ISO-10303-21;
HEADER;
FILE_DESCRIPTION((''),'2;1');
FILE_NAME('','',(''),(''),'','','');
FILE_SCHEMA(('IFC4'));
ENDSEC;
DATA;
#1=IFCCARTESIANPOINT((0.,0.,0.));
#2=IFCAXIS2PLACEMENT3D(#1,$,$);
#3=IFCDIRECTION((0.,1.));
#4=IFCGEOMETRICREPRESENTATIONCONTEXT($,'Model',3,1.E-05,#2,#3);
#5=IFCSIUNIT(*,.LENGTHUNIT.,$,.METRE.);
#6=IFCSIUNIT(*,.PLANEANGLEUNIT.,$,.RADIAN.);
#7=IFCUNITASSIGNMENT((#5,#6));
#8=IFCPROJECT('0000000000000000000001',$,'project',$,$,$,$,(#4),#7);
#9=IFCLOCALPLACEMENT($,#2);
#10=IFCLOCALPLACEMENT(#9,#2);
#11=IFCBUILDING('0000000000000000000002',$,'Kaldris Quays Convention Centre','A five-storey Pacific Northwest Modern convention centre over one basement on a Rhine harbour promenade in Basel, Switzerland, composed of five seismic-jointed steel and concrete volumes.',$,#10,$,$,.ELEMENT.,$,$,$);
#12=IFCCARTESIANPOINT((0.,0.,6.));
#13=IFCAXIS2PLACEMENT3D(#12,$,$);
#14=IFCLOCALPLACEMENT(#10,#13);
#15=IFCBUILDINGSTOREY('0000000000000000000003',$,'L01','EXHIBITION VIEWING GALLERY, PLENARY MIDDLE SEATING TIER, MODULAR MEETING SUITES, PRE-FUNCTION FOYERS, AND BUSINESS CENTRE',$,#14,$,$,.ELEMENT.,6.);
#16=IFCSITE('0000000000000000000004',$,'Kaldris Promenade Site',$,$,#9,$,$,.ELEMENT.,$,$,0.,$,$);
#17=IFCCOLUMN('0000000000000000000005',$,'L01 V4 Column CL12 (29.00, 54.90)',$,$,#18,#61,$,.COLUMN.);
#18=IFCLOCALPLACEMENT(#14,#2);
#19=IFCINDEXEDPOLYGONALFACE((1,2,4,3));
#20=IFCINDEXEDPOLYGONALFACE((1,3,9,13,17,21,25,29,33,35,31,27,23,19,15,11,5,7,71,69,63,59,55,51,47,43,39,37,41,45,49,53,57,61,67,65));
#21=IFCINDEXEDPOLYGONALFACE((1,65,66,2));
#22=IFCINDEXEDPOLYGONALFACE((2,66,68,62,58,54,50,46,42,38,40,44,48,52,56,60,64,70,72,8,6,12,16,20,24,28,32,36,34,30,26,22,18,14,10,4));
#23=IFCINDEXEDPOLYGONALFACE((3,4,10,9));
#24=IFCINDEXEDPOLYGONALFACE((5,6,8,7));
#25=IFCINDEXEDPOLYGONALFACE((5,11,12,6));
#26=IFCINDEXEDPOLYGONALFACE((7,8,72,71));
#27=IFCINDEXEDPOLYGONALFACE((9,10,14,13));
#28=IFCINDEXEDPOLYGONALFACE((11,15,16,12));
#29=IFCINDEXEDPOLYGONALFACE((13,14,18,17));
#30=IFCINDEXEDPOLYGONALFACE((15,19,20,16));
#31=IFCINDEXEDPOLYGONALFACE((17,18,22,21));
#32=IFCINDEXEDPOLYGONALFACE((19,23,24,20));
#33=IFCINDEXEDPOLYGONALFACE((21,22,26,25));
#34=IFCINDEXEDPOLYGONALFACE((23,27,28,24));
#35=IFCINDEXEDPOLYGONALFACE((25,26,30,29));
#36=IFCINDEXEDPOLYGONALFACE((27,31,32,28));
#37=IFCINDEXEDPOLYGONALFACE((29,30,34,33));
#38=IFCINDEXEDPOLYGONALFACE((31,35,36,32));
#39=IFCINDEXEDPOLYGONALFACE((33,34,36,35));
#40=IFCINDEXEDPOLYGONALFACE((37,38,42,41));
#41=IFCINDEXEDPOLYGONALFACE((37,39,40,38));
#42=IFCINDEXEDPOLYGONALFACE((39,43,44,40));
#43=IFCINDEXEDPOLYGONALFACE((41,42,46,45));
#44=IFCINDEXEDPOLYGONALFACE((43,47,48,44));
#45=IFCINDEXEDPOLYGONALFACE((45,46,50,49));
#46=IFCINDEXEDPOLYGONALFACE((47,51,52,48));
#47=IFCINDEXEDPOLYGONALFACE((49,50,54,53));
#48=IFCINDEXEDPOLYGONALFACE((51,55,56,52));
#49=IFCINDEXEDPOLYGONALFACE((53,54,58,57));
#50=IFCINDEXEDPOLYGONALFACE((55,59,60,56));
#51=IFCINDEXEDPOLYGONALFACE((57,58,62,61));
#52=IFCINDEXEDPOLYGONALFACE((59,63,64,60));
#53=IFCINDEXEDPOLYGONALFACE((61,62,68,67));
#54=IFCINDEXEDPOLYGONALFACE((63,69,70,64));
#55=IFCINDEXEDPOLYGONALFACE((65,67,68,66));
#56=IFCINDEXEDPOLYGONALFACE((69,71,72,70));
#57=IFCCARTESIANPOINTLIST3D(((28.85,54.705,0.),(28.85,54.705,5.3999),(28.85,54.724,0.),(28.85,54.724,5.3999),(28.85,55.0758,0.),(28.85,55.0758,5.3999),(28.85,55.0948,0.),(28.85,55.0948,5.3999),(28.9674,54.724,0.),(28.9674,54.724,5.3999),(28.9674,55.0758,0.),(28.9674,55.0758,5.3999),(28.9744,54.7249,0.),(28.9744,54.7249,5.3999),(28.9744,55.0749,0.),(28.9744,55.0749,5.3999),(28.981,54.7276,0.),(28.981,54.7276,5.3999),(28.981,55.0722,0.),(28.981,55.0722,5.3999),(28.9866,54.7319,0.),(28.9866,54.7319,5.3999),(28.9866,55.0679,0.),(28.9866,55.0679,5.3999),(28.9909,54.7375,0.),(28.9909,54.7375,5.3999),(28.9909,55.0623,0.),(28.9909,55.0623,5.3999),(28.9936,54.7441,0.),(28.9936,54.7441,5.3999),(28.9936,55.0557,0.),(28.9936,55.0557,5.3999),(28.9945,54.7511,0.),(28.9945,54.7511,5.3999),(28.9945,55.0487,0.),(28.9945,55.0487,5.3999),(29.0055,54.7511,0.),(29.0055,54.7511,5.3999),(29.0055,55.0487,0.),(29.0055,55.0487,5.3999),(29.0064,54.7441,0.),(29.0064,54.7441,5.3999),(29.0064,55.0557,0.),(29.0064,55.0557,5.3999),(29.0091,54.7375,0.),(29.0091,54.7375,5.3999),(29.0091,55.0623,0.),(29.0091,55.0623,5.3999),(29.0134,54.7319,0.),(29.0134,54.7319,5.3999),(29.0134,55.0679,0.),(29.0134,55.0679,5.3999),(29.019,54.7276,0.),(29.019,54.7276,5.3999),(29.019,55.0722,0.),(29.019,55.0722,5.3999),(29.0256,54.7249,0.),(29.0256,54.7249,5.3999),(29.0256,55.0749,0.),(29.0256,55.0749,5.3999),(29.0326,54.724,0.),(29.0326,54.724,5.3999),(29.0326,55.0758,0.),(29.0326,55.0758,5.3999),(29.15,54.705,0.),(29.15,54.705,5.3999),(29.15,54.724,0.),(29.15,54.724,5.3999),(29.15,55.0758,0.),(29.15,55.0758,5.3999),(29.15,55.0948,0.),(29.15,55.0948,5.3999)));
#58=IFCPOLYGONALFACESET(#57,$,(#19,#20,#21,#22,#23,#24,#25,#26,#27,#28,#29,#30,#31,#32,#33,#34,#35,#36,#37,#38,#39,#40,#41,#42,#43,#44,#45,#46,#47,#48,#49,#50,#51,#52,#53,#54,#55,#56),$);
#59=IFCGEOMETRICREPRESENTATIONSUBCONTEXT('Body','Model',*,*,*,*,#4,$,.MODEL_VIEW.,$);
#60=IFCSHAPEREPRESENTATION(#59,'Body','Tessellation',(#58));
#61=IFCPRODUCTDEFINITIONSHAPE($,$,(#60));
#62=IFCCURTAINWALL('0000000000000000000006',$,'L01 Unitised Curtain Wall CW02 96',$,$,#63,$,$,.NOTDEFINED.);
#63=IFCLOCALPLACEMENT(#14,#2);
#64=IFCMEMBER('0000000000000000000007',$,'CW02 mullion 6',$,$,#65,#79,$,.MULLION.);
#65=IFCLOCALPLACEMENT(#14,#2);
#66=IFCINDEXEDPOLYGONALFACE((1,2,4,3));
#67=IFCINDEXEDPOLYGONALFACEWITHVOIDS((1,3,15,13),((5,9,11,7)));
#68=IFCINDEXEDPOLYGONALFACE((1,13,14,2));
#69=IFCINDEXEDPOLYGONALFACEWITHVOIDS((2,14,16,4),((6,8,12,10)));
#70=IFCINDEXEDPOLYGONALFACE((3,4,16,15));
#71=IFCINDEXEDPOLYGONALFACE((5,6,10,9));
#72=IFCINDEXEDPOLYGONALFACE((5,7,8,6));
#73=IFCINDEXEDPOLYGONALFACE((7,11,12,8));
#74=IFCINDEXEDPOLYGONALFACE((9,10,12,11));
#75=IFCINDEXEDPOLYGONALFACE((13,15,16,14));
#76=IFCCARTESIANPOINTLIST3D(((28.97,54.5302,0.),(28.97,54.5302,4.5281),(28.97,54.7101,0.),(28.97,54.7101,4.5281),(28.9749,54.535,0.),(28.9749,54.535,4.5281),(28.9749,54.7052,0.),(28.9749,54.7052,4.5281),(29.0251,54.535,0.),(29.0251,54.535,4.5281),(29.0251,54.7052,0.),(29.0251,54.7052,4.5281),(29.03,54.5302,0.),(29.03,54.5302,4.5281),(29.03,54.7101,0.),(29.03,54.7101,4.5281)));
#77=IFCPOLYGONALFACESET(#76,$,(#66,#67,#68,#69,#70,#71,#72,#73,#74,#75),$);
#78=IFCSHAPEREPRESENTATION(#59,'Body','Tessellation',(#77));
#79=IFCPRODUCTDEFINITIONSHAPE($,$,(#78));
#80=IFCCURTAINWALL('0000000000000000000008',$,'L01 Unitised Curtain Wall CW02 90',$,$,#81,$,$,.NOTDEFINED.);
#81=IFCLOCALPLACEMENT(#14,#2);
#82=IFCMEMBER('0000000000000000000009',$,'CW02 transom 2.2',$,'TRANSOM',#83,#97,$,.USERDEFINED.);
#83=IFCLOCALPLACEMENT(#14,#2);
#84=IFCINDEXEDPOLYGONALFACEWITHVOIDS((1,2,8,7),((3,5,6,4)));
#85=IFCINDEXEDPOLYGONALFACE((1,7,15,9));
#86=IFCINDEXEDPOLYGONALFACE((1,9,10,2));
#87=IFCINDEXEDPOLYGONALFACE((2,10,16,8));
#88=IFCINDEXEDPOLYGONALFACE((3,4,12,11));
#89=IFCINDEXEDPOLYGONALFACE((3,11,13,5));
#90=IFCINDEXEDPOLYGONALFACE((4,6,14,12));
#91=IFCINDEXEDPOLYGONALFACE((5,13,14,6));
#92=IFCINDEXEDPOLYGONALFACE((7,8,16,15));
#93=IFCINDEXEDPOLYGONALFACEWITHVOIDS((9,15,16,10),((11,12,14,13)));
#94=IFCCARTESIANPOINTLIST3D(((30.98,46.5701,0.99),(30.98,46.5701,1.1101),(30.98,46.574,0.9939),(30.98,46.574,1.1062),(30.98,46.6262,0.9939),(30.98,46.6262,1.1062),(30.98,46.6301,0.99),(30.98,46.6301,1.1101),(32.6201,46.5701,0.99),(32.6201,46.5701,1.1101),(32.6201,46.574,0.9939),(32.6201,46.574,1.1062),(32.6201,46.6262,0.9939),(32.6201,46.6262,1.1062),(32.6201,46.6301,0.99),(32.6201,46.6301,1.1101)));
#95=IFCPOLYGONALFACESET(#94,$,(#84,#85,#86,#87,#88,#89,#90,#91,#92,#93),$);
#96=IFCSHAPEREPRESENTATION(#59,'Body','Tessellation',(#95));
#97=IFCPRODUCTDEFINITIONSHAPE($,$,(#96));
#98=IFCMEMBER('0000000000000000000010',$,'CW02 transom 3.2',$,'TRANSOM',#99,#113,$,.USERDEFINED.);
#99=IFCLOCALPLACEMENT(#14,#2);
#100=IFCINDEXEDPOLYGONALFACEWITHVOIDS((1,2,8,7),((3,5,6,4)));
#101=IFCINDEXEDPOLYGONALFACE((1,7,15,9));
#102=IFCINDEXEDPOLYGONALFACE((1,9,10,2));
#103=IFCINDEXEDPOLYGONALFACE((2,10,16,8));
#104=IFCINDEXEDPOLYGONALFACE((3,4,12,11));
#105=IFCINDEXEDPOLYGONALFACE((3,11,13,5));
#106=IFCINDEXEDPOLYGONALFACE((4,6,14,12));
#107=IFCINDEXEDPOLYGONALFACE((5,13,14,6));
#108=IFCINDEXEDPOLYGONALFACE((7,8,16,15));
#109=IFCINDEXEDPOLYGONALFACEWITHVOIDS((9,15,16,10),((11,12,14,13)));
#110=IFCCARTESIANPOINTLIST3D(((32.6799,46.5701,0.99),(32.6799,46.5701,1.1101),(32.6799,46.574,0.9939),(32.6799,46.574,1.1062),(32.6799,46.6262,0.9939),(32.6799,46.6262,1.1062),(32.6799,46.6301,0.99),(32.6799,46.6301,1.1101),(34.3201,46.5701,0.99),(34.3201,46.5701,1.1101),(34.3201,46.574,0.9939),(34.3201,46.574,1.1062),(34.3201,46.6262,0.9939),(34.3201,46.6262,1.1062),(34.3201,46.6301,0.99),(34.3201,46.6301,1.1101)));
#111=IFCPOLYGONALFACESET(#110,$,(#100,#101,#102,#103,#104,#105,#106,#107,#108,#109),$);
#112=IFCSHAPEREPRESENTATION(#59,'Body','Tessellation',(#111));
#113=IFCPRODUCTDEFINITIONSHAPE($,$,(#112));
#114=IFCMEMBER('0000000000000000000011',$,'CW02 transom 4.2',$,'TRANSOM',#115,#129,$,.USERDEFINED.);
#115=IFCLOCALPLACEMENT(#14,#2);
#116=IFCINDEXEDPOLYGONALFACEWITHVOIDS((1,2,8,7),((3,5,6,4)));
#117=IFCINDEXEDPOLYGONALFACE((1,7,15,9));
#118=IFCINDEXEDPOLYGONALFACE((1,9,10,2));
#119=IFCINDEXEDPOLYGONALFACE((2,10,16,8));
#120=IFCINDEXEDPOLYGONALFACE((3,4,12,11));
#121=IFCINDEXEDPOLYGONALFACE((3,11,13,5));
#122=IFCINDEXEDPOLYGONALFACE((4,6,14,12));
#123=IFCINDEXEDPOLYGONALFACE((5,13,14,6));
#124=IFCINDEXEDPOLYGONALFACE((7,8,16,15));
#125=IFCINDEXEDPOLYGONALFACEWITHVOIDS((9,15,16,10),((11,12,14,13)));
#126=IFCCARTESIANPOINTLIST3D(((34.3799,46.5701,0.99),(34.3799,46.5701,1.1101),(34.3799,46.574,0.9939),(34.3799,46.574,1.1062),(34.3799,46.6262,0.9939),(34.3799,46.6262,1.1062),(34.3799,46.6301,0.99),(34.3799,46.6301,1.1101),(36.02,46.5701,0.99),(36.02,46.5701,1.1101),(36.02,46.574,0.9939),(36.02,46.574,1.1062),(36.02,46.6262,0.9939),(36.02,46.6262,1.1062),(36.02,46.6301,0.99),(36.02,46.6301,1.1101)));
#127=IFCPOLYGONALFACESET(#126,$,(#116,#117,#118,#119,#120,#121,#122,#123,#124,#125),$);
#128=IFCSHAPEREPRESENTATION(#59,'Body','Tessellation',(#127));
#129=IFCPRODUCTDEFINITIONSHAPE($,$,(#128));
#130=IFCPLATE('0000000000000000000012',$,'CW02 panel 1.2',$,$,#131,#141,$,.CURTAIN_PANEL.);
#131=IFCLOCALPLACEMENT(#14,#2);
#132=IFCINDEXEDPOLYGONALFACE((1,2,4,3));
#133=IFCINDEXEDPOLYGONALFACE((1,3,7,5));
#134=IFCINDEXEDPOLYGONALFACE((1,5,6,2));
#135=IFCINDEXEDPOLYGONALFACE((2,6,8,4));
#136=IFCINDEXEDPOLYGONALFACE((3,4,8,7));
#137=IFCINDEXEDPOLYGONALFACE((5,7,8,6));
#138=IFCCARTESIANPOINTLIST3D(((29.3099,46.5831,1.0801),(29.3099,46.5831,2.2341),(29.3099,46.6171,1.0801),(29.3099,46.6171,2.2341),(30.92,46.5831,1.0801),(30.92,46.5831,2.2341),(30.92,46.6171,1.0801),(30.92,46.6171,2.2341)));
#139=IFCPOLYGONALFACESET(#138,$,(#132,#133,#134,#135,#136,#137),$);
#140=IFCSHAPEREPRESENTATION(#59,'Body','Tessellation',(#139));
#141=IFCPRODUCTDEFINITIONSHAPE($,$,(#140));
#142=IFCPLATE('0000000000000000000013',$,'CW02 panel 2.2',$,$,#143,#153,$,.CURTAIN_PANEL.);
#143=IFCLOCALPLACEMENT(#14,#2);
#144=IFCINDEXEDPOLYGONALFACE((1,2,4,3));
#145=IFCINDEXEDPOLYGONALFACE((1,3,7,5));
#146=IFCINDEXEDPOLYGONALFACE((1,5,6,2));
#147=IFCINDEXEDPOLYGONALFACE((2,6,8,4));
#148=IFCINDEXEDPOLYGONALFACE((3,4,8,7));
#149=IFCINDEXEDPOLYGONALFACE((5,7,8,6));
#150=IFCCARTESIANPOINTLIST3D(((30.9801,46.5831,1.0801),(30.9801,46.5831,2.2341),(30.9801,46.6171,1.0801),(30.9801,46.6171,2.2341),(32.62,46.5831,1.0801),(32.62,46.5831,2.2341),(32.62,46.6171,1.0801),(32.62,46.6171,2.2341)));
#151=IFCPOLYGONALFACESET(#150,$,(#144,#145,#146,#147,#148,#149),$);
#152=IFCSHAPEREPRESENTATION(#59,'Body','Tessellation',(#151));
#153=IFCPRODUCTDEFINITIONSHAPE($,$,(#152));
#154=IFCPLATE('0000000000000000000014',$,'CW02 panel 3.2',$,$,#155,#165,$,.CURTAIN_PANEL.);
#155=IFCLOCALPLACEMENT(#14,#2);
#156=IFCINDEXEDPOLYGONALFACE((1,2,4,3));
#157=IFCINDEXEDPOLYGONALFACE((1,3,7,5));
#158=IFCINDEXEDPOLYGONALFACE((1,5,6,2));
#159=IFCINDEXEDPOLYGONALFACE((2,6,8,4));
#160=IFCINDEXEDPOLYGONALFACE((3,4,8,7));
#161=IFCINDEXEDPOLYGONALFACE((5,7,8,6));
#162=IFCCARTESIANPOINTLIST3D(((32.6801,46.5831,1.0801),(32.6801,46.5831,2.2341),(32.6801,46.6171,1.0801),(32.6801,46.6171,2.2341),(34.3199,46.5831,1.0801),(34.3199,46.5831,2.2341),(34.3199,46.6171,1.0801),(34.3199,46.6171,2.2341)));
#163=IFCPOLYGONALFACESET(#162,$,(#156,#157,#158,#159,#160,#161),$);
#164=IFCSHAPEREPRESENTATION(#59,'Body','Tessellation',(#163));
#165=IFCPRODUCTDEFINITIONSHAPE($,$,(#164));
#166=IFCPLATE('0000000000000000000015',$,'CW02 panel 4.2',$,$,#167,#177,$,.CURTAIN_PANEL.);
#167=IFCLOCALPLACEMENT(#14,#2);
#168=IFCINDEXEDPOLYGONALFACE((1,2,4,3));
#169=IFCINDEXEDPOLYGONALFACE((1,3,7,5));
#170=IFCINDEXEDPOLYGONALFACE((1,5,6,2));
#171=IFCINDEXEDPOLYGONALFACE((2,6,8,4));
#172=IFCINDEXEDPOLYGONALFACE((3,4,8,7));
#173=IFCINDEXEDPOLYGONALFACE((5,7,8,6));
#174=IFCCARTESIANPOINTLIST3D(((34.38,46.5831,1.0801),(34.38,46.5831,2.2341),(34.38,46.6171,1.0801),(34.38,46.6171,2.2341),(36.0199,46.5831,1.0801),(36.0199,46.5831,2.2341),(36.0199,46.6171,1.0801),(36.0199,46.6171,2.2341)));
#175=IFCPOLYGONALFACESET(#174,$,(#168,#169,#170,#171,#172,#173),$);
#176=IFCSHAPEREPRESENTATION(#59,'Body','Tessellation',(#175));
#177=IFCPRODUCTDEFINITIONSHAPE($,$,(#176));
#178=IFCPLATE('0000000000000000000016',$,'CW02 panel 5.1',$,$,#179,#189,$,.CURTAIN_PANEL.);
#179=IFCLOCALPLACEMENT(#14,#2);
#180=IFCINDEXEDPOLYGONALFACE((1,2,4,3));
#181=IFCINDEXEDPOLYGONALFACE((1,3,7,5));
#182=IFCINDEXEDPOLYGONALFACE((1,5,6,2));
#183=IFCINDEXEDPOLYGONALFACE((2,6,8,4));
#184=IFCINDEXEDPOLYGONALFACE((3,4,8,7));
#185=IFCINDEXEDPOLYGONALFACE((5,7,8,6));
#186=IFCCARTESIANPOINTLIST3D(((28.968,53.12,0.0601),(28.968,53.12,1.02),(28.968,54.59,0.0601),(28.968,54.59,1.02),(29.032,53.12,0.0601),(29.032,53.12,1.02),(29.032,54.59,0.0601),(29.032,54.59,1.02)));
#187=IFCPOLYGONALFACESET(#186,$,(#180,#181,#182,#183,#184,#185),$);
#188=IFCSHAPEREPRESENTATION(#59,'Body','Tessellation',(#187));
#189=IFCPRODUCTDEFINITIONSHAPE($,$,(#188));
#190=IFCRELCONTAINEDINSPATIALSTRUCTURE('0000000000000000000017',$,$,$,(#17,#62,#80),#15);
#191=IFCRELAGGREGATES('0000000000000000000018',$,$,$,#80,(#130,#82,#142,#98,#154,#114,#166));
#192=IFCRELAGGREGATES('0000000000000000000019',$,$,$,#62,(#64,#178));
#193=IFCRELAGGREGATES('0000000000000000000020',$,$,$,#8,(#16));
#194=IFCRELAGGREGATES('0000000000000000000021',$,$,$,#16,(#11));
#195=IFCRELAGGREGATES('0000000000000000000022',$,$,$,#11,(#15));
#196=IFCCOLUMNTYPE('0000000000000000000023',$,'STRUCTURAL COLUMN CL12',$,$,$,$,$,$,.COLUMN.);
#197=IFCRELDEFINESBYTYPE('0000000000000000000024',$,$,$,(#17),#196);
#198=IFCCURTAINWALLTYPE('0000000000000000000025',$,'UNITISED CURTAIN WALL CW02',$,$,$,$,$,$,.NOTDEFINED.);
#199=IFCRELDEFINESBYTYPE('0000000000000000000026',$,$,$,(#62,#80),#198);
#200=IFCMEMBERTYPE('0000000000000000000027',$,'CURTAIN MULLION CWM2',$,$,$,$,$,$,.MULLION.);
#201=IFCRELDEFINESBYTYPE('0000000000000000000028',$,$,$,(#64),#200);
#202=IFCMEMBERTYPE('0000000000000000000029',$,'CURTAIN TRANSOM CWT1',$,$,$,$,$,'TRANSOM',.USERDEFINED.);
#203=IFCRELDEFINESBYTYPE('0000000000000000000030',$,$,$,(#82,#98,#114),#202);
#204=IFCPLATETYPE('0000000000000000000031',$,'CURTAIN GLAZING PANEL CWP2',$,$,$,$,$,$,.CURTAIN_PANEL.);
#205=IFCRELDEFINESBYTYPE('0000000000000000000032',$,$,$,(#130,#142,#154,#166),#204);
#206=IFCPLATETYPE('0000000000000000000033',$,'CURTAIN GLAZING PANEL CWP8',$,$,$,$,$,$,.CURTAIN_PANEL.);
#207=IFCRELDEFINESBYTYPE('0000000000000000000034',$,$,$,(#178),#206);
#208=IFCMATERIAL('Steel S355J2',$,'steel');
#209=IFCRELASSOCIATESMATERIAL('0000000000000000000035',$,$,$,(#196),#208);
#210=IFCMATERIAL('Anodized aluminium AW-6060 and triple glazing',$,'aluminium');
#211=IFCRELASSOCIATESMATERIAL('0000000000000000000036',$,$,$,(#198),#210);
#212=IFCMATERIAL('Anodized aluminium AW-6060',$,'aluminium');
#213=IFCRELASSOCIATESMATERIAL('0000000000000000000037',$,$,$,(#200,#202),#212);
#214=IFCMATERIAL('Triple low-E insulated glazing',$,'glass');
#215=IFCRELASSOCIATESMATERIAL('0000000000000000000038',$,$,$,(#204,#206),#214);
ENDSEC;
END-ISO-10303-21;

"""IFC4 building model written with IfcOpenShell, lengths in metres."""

from ifc_helpers import new_model, si_unit, direction, frame, origin, origin_2d, place, context, subcontext, project, spatial, rectangle, hollow_rectangle, i_section, extrude, material, material_profile, profile_set, type_object, element, aggregate, save


model = new_model("IFC4")

# Units and contexts
model_context = context("Model", 3, precision=1e-05, world=origin(), true_north=direction((0.0, 1.0)))
body_context = subcontext(model_context, "Body", "Model", "MODEL_VIEW")
ifc_project = project(units=[si_unit("LENGTHUNIT", "METRE"), si_unit("PLANEANGLEUNIT", "RADIAN")], contexts=[model_context])

# Site, building, storey
site_placement = place(None, origin())
site = spatial("IfcSite", under=ifc_project, at=site_placement, Name="Kaldris Promenade Site", CompositionType="ELEMENT", RefElevation=0.0)
building_placement = place(site_placement, origin())
building = spatial("IfcBuilding", under=site, at=building_placement, Name="Kaldris Quays Convention Centre", Description="A five-storey Pacific Northwest Modern convention centre over one basement on a Rhine harbour promenade in Basel, Switzerland, composed of five seismic-jointed steel and concrete volumes.", CompositionType="ELEMENT")
storey_placement = place(building_placement, frame((0.0, 0.0, 6.0)))
storey = spatial("IfcBuildingStorey", under=building, at=storey_placement, Name="L01", Description="EXHIBITION VIEWING GALLERY, PLENARY MIDDLE SEATING TIER, MODULAR MEETING SUITES, PRE-FUNCTION FOYERS, AND BUSINESS CENTRE", CompositionType="ELEMENT", Elevation=6.0)

# Column
ifc_material_1 = material(Name="Steel S355J2", Category="steel")
ifc_material_profile_1 = material_profile(ifc_material_1, i_section(OverallWidth=0.3, OverallDepth=0.3899, WebThickness=0.011, FlangeThickness=0.019, FilletRadius=0.0271, at=origin_2d()), Name="HEA 400")
ifc_profile_set_1 = profile_set([ifc_material_profile_1], Name="Steel S355J2")
column_type = type_object("IfcColumnType", Name="STRUCTURAL COLUMN CL12", PredefinedType="COLUMN", material=ifc_profile_set_1)
column_placement = place(storey_placement, frame((29.0, 54.8999, 0.0), z_axis=(0.0, 0.0, 1.0), x_axis=(1.0, 0.0, 0.0)))
element("IfcColumn", 1, at=column_placement, inside=storey, type_object=column_type, Name="L01 V4 Column CL12 (29.00, 54.90)", PredefinedType="COLUMN", context=body_context, shape_type="SweptSolid", body=[
    extrude(i_section(OverallWidth=0.3, OverallDepth=0.3899, WebThickness=0.011, FlangeThickness=0.019, FilletRadius=0.0271, at=origin_2d()), origin(), (0.0, 0.0, 1.0), 5.3999),
])

# Curtain wall, member
ifc_material_2 = material(Name="Anodized aluminium AW-6060 and triple glazing", Category="aluminium")
curtain_wall_type = type_object("IfcCurtainWallType", Name="UNITISED CURTAIN WALL CW02", PredefinedType="NOTDEFINED", material=ifc_material_2)
curtain_wall_1_placement = place(storey_placement, origin())
curtain_wall_1 = element("IfcCurtainWall", 2, at=curtain_wall_1_placement, inside=storey, type_object=curtain_wall_type, Name="L01 Unitised Curtain Wall CW02 96", PredefinedType="NOTDEFINED")
ifc_material_3 = material(Name="Anodized aluminium AW-6060", Category="aluminium")
ifc_material_profile_2 = material_profile(ifc_material_3, hollow_rectangle(XDim=0.0601, YDim=0.1799, WallThickness=0.0049, at=origin_2d()), Name="RHS 180x60x5")
ifc_profile_set_2 = profile_set([ifc_material_profile_2], Name="Anodized aluminium AW-6060")
member_type_1 = type_object("IfcMemberType", Name="CURTAIN MULLION CWM2", PredefinedType="MULLION", material=ifc_profile_set_2)
member_1_placement = place(storey_placement, frame((29.0, 54.6201, 0.0), z_axis=(0.0, 0.0, 1.0), x_axis=(-1.0, 0.0, 0.0)))
member_1 = element("IfcMember", 3, at=member_1_placement, type_object=member_type_1, Name="CW02 mullion 6", PredefinedType="MULLION", context=body_context, shape_type="SweptSolid", body=[
    extrude(hollow_rectangle(XDim=0.0601, YDim=0.1799, WallThickness=0.0049, at=origin_2d()), origin(), (0.0, 0.0, 1.0), 4.5281),
])

# Curtain wall, members, plates
curtain_wall_2_placement = place(storey_placement, origin())
curtain_wall_2 = element("IfcCurtainWall", 4, at=curtain_wall_2_placement, inside=storey, type_object=curtain_wall_type, Name="L01 Unitised Curtain Wall CW02 90", PredefinedType="NOTDEFINED")
ifc_material_profile_3 = material_profile(ifc_material_3, hollow_rectangle(XDim=0.0601, YDim=0.1201, WallThickness=0.0039, at=origin_2d()), Name="RHS 120x60x4")
ifc_profile_set_3 = profile_set([ifc_material_profile_3], Name="Anodized aluminium AW-6060")
member_type_2 = type_object("IfcMemberType", Name="CURTAIN TRANSOM CWT1", ElementType="TRANSOM", PredefinedType="USERDEFINED", material=ifc_profile_set_3)
member_2_placement = place(storey_placement, frame((30.98, 46.6001, 1.05), z_axis=(1.0, 0.0, 0.0), x_axis=(0.0, 1.0, 0.0)))
member_2 = element("IfcMember", 5, at=member_2_placement, type_object=member_type_2, Name="CW02 transom 2.2", ObjectType="TRANSOM", PredefinedType="USERDEFINED", context=body_context, shape_type="SweptSolid", body=[
    extrude(hollow_rectangle(XDim=0.0601, YDim=0.1201, WallThickness=0.0039, at=origin_2d()), origin(), (0.0, 0.0, 1.0), 1.6401),
])
member_3_placement = place(storey_placement, frame((32.6799, 46.6001, 1.05), z_axis=(1.0, 0.0, 0.0), x_axis=(0.0, 1.0, 0.0)))
member_3 = element("IfcMember", 6, at=member_3_placement, type_object=member_type_2, Name="CW02 transom 3.2", ObjectType="TRANSOM", PredefinedType="USERDEFINED", context=body_context, shape_type="SweptSolid", body=[
    extrude(hollow_rectangle(XDim=0.0601, YDim=0.1201, WallThickness=0.0039, at=origin_2d()), origin(), (0.0, 0.0, 1.0), 1.6401),
])
member_4_placement = place(storey_placement, frame((34.3799, 46.6001, 1.05), z_axis=(1.0, 0.0, 0.0), x_axis=(0.0, 1.0, 0.0)))
member_4 = element("IfcMember", 7, at=member_4_placement, type_object=member_type_2, Name="CW02 transom 4.2", ObjectType="TRANSOM", PredefinedType="USERDEFINED", context=body_context, shape_type="SweptSolid", body=[
    extrude(hollow_rectangle(XDim=0.0601, YDim=0.1201, WallThickness=0.0039, at=origin_2d()), origin(), (0.0, 0.0, 1.0), 1.6401),
])
ifc_material_4 = material(Name="Triple low-E insulated glazing", Category="glass")
plate_type_1 = type_object("IfcPlateType", Name="CURTAIN GLAZING PANEL CWP2", PredefinedType="CURTAIN_PANEL", material=ifc_material_4)
plate_1_placement = place(storey_placement, frame((30.115, 46.6001, 1.0801), z_axis=(0.0, 0.0, 1.0), x_axis=(1.0, 0.0, 0.0)))
plate_1 = element("IfcPlate", 8, at=plate_1_placement, type_object=plate_type_1, Name="CW02 panel 1.2", PredefinedType="CURTAIN_PANEL", context=body_context, shape_type="SweptSolid", body=[
    extrude(rectangle(XDim=1.6101, YDim=0.0339, at=origin_2d()), origin(), (0.0, 0.0, 1.0), 1.1541),
])
plate_2_placement = place(storey_placement, frame((31.8, 46.6001, 1.0801), z_axis=(0.0, 0.0, 1.0), x_axis=(1.0, 0.0, 0.0)))
plate_2 = element("IfcPlate", 9, at=plate_2_placement, type_object=plate_type_1, Name="CW02 panel 2.2", PredefinedType="CURTAIN_PANEL", context=body_context, shape_type="SweptSolid", body=[
    extrude(rectangle(XDim=1.6399, YDim=0.0339, at=origin_2d()), origin(), (0.0, 0.0, 1.0), 1.1541),
])
plate_3_placement = place(storey_placement, frame((33.5, 46.6001, 1.0801), z_axis=(0.0, 0.0, 1.0), x_axis=(1.0, 0.0, 0.0)))
plate_3 = element("IfcPlate", 10, at=plate_3_placement, type_object=plate_type_1, Name="CW02 panel 3.2", PredefinedType="CURTAIN_PANEL", context=body_context, shape_type="SweptSolid", body=[
    extrude(rectangle(XDim=1.6399, YDim=0.0339, at=origin_2d()), origin(), (0.0, 0.0, 1.0), 1.1541),
])
plate_4_placement = place(storey_placement, frame((35.2, 46.6001, 1.0801), z_axis=(0.0, 0.0, 1.0), x_axis=(1.0, 0.0, 0.0)))
plate_4 = element("IfcPlate", 11, at=plate_4_placement, type_object=plate_type_1, Name="CW02 panel 4.2", PredefinedType="CURTAIN_PANEL", context=body_context, shape_type="SweptSolid", body=[
    extrude(rectangle(XDim=1.6399, YDim=0.0339, at=origin_2d()), origin(), (0.0, 0.0, 1.0), 1.1541),
])
aggregate(curtain_wall_2, [plate_1, member_2, plate_2, member_3, plate_3, member_4, plate_4])

# Plate
plate_type_2 = type_object("IfcPlateType", Name="CURTAIN GLAZING PANEL CWP8", PredefinedType="CURTAIN_PANEL", material=ifc_material_4)
plate_5_placement = place(storey_placement, frame((29.0, 53.855, 0.0601), z_axis=(0.0, 0.0, 1.0), x_axis=(0.0, 1.0, 0.0)))
plate_5 = element("IfcPlate", 12, at=plate_5_placement, type_object=plate_type_2, Name="CW02 panel 5.1", PredefinedType="CURTAIN_PANEL", context=body_context, shape_type="SweptSolid", body=[
    extrude(rectangle(XDim=1.47, YDim=0.064, at=origin_2d()), origin(), (0.0, 0.0, 1.0), 0.96),
])
aggregate(curtain_wall_1, [member_1, plate_5])

save(model, "model.ifc")
